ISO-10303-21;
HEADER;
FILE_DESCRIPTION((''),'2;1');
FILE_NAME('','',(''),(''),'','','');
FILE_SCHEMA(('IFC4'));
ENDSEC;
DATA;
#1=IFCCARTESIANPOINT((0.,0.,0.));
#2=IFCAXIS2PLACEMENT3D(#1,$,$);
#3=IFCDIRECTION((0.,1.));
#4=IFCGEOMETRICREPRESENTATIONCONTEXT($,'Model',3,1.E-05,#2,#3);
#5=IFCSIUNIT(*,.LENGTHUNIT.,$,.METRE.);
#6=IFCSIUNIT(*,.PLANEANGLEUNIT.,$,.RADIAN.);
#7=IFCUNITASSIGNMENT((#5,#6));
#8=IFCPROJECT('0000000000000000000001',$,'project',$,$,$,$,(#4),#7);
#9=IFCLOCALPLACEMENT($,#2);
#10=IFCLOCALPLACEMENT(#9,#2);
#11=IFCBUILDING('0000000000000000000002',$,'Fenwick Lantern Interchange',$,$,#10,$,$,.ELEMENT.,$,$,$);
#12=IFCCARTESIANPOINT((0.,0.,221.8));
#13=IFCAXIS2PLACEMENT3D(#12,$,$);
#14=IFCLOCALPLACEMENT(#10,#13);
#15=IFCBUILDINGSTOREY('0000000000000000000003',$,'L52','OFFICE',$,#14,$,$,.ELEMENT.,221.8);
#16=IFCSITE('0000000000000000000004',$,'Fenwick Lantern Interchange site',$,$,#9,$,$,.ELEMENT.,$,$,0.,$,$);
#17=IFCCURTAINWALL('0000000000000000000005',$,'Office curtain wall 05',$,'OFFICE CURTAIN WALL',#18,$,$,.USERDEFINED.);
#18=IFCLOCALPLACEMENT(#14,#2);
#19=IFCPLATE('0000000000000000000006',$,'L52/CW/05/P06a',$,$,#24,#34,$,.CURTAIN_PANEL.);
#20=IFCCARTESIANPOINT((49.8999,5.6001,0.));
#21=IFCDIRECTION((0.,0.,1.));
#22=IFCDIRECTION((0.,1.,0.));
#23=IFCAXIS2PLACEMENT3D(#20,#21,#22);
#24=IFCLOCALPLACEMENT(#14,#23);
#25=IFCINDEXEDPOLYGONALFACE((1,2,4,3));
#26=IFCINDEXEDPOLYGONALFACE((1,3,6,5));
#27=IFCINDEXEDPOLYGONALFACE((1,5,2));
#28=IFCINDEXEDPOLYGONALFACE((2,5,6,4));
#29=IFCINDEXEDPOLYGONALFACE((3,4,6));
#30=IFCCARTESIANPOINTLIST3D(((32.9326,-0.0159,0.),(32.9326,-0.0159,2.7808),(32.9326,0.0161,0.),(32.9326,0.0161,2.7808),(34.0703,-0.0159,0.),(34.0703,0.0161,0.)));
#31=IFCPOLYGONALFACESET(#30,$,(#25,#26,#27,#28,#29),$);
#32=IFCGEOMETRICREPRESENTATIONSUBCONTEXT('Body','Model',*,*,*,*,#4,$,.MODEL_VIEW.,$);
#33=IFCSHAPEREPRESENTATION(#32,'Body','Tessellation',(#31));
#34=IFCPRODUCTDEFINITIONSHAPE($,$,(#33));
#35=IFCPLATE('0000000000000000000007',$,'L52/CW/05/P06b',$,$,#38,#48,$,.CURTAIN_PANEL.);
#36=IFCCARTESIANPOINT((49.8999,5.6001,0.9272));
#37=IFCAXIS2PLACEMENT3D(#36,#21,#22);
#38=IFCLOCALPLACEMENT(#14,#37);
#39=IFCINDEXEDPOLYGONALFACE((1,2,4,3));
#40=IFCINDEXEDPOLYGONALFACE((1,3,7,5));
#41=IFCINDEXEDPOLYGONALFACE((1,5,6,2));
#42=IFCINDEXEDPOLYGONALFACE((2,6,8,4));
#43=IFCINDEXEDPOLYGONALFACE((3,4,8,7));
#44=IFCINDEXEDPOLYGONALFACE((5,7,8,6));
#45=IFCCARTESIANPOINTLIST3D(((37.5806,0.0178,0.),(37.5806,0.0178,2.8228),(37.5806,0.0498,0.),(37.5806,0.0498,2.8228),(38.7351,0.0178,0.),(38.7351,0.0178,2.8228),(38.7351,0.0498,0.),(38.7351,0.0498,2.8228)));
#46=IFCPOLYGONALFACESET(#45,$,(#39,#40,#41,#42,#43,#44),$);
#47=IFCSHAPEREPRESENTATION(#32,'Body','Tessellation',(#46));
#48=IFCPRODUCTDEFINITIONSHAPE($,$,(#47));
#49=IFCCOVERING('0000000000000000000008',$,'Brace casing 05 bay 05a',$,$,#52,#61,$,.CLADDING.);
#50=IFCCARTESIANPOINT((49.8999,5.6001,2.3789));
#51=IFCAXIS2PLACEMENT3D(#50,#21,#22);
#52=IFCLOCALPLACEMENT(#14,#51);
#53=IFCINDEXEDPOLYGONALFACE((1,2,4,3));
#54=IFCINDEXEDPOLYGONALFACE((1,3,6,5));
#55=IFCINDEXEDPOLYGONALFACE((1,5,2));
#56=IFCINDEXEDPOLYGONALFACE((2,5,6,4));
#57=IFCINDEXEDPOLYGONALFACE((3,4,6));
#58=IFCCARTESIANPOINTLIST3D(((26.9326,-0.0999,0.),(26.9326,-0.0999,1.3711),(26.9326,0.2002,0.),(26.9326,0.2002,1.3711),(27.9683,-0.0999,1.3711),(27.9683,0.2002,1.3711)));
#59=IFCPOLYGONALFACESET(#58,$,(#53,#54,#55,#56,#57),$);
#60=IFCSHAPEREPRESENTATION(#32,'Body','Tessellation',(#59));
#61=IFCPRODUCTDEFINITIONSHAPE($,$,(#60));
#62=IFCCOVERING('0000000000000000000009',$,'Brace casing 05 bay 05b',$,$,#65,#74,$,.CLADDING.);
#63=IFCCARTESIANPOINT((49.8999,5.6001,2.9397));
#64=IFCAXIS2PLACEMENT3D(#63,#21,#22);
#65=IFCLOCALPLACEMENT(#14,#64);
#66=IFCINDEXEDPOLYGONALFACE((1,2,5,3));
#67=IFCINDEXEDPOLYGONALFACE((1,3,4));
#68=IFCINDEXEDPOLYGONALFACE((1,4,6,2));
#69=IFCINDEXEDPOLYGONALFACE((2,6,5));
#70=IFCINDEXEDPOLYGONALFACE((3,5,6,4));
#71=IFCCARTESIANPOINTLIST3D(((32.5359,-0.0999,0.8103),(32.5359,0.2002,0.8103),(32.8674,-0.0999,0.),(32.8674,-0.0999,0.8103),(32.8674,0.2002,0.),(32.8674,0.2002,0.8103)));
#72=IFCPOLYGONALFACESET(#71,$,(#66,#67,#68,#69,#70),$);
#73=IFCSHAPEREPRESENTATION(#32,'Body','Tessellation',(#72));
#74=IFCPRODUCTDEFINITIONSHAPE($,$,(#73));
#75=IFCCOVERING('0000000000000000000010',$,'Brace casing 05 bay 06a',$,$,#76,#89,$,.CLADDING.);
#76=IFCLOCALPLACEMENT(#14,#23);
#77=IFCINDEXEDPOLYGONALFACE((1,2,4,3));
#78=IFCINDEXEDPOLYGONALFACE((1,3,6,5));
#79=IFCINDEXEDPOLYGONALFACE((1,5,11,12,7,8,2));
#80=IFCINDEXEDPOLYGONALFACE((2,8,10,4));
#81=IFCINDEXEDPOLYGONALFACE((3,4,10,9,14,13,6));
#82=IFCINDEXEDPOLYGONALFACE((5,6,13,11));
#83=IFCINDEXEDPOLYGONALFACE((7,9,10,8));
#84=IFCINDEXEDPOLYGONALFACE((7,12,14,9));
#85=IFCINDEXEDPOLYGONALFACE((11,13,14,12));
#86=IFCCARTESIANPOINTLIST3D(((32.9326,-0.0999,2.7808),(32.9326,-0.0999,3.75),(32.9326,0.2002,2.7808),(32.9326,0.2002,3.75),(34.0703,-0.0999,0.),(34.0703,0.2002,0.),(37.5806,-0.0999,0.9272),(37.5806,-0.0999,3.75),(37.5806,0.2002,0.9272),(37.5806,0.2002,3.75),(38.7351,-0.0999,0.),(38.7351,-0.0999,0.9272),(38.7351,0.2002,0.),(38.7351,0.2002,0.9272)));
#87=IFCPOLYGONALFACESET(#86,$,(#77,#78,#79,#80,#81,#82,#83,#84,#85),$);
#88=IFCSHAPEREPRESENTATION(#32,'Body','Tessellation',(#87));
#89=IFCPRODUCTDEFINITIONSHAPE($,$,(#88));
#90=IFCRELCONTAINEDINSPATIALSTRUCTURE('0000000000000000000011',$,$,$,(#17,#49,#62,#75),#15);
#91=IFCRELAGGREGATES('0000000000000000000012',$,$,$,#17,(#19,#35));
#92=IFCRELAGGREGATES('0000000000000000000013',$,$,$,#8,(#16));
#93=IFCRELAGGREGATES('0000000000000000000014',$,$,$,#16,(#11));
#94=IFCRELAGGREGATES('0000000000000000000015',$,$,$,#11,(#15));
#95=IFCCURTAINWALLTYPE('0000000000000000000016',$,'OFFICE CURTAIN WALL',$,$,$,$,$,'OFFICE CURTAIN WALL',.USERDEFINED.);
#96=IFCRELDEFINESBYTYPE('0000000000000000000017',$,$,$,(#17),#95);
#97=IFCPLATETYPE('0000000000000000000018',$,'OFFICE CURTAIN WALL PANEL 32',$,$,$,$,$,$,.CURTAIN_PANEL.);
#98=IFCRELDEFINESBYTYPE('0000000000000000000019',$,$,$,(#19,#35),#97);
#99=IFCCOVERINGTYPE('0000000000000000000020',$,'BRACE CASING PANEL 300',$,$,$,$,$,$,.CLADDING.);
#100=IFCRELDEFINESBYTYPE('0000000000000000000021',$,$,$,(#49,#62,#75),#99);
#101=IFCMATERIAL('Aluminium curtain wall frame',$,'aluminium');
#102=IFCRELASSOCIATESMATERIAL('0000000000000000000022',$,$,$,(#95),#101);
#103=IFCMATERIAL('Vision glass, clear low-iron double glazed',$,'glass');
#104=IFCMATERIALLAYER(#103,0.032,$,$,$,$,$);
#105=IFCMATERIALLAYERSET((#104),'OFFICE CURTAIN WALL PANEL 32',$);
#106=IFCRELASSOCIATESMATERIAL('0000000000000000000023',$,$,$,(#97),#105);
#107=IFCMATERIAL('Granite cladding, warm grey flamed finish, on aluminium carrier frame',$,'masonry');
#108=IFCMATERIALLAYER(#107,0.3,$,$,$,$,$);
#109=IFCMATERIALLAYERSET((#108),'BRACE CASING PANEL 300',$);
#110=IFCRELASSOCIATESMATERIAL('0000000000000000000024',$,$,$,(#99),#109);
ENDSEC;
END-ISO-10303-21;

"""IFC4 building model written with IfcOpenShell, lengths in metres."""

from ifc_helpers import new_model, si_unit, direction, frame, origin, place, context, subcontext, project, spatial, polyline, outline, extrude, material, layer, layer_set, type_object, element, aggregate, save


model = new_model("IFC4")

# Units and contexts
model_context = context("Model", 3, precision=1e-05, world=origin(), true_north=direction((0.0, 1.0)))
body_context = subcontext(model_context, "Body", "Model", "MODEL_VIEW")
ifc_project = project(units=[si_unit("LENGTHUNIT", "METRE"), si_unit("PLANEANGLEUNIT", "RADIAN")], contexts=[model_context])

# Site, building, storey
site_placement = place(None, origin())
site = spatial("IfcSite", under=ifc_project, at=site_placement, Name="Fenwick Lantern Interchange site", CompositionType="ELEMENT", RefElevation=0.0)
building_placement = place(site_placement, origin())
building = spatial("IfcBuilding", under=site, at=building_placement, Name="Fenwick Lantern Interchange", CompositionType="ELEMENT")
storey_placement = place(building_placement, frame((0.0, 0.0, 221.8)))
storey = spatial("IfcBuildingStorey", under=building, at=storey_placement, Name="L52", Description="OFFICE", CompositionType="ELEMENT", Elevation=221.8)

# Curtain wall, plates
ifc_material_1 = material(Name="Aluminium curtain wall frame", Category="aluminium")
curtain_wall_type = type_object("IfcCurtainWallType", Name="OFFICE CURTAIN WALL", ElementType="OFFICE CURTAIN WALL", PredefinedType="USERDEFINED", material=ifc_material_1)
curtain_wall_placement = place(storey_placement, origin())
curtain_wall = element("IfcCurtainWall", 1, at=curtain_wall_placement, inside=storey, type_object=curtain_wall_type, Name="Office curtain wall 05", ObjectType="OFFICE CURTAIN WALL", PredefinedType="USERDEFINED")
ifc_material_2 = material(Name="Vision glass, clear low-iron double glazed", Category="glass")
ifc_layer_1 = layer(ifc_material_2, 0.032)
ifc_layer_set_1 = layer_set([ifc_layer_1], Name="OFFICE CURTAIN WALL PANEL 32")
plate_type = type_object("IfcPlateType", Name="OFFICE CURTAIN WALL PANEL 32", PredefinedType="CURTAIN_PANEL", material=ifc_layer_set_1)
plate_1_placement = place(storey_placement, frame((49.8999, 5.6001, 0.0), z_axis=(0.0, 0.0, 1.0), x_axis=(0.0, 1.0, 0.0)))
plate_1 = element("IfcPlate", 2, at=plate_1_placement, type_object=plate_type, Name="L52/CW/05/P06a", PredefinedType="CURTAIN_PANEL", context=body_context, shape_type="SweptSolid", body=[
    extrude(outline(polyline([(32.9326, 0.0), (34.0703, 0.0), (32.9326, 2.7808), (32.9326, 0.0)])), frame((0.0, 0.0161, 0.0), z_axis=(0.0, -1.0, 0.0), x_axis=(1.0, 0.0, 0.0)), (0.0, 0.0, 1.0), 0.032),
])
plate_2_placement = place(storey_placement, frame((49.8999, 5.6001, 0.9272), z_axis=(0.0, 0.0, 1.0), x_axis=(0.0, 1.0, 0.0)))
plate_2 = element("IfcPlate", 3, at=plate_2_placement, type_object=plate_type, Name="L52/CW/05/P06b", PredefinedType="CURTAIN_PANEL", context=body_context, shape_type="SweptSolid", body=[
    extrude(outline(polyline([(37.5806, 0.0), (38.7351, 0.0), (38.7351, 2.8228), (37.5806, 2.8228), (37.5806, 0.0)])), frame((0.0, 0.0498, 0.0), z_axis=(0.0, -1.0, 0.0), x_axis=(1.0, 0.0, 0.0)), (0.0, 0.0, 1.0), 0.032),
])
aggregate(curtain_wall, [plate_1, plate_2])

# Coverings
ifc_material_3 = material(Name="Granite cladding, warm grey flamed finish, on aluminium carrier frame", Category="masonry")
ifc_layer_2 = layer(ifc_material_3, 0.3)
ifc_layer_set_2 = layer_set([ifc_layer_2], Name="BRACE CASING PANEL 300")
covering_type = type_object("IfcCoveringType", Name="BRACE CASING PANEL 300", PredefinedType="CLADDING", material=ifc_layer_set_2)
covering_1_placement = place(storey_placement, frame((49.8999, 5.6001, 2.3789), z_axis=(0.0, 0.0, 1.0), x_axis=(0.0, 1.0, 0.0)))
element("IfcCovering", 4, at=covering_1_placement, inside=storey, type_object=covering_type, Name="Brace casing 05 bay 05a", PredefinedType="CLADDING", context=body_context, shape_type="SweptSolid", body=[
    extrude(outline(polyline([(26.9326, 0.0), (27.9683, 1.3711), (26.9326, 1.3711), (26.9326, 0.0)])), frame((0.0, 0.2002, 0.0), z_axis=(0.0, -1.0, 0.0), x_axis=(1.0, 0.0, 0.0)), (0.0, 0.0, 1.0), 0.3),
])
covering_2_placement = place(storey_placement, frame((49.8999, 5.6001, 2.9397), z_axis=(0.0, 0.0, 1.0), x_axis=(0.0, 1.0, 0.0)))
element("IfcCovering", 5, at=covering_2_placement, inside=storey, type_object=covering_type, Name="Brace casing 05 bay 05b", PredefinedType="CLADDING", context=body_context, shape_type="SweptSolid", body=[
    extrude(outline(polyline([(32.8674, 0.0), (32.8674, 0.8103), (32.5359, 0.8103), (32.8674, 0.0)])), frame((0.0, 0.2002, 0.0), z_axis=(0.0, -1.0, 0.0), x_axis=(1.0, 0.0, 0.0)), (0.0, 0.0, 1.0), 0.3),
])
covering_3_placement = place(storey_placement, frame((49.8999, 5.6001, 0.0), z_axis=(0.0, 0.0, 1.0), x_axis=(0.0, 1.0, 0.0)))
element("IfcCovering", 6, at=covering_3_placement, inside=storey, type_object=covering_type, Name="Brace casing 05 bay 06a", PredefinedType="CLADDING", context=body_context, shape_type="SweptSolid", body=[
    extrude(outline(polyline([(34.0703, 0.0), (38.7351, 0.0), (38.7351, 0.9272), (37.5806, 0.9272), (37.5806, 3.75), (32.9326, 3.75), (32.9326, 2.7808), (34.0703, 0.0)])), frame((0.0, 0.2002, 0.0), z_axis=(0.0, -1.0, 0.0), x_axis=(1.0, 0.0, 0.0)), (0.0, 0.0, 1.0), 0.3),
])

save(model, "model.ifc")
